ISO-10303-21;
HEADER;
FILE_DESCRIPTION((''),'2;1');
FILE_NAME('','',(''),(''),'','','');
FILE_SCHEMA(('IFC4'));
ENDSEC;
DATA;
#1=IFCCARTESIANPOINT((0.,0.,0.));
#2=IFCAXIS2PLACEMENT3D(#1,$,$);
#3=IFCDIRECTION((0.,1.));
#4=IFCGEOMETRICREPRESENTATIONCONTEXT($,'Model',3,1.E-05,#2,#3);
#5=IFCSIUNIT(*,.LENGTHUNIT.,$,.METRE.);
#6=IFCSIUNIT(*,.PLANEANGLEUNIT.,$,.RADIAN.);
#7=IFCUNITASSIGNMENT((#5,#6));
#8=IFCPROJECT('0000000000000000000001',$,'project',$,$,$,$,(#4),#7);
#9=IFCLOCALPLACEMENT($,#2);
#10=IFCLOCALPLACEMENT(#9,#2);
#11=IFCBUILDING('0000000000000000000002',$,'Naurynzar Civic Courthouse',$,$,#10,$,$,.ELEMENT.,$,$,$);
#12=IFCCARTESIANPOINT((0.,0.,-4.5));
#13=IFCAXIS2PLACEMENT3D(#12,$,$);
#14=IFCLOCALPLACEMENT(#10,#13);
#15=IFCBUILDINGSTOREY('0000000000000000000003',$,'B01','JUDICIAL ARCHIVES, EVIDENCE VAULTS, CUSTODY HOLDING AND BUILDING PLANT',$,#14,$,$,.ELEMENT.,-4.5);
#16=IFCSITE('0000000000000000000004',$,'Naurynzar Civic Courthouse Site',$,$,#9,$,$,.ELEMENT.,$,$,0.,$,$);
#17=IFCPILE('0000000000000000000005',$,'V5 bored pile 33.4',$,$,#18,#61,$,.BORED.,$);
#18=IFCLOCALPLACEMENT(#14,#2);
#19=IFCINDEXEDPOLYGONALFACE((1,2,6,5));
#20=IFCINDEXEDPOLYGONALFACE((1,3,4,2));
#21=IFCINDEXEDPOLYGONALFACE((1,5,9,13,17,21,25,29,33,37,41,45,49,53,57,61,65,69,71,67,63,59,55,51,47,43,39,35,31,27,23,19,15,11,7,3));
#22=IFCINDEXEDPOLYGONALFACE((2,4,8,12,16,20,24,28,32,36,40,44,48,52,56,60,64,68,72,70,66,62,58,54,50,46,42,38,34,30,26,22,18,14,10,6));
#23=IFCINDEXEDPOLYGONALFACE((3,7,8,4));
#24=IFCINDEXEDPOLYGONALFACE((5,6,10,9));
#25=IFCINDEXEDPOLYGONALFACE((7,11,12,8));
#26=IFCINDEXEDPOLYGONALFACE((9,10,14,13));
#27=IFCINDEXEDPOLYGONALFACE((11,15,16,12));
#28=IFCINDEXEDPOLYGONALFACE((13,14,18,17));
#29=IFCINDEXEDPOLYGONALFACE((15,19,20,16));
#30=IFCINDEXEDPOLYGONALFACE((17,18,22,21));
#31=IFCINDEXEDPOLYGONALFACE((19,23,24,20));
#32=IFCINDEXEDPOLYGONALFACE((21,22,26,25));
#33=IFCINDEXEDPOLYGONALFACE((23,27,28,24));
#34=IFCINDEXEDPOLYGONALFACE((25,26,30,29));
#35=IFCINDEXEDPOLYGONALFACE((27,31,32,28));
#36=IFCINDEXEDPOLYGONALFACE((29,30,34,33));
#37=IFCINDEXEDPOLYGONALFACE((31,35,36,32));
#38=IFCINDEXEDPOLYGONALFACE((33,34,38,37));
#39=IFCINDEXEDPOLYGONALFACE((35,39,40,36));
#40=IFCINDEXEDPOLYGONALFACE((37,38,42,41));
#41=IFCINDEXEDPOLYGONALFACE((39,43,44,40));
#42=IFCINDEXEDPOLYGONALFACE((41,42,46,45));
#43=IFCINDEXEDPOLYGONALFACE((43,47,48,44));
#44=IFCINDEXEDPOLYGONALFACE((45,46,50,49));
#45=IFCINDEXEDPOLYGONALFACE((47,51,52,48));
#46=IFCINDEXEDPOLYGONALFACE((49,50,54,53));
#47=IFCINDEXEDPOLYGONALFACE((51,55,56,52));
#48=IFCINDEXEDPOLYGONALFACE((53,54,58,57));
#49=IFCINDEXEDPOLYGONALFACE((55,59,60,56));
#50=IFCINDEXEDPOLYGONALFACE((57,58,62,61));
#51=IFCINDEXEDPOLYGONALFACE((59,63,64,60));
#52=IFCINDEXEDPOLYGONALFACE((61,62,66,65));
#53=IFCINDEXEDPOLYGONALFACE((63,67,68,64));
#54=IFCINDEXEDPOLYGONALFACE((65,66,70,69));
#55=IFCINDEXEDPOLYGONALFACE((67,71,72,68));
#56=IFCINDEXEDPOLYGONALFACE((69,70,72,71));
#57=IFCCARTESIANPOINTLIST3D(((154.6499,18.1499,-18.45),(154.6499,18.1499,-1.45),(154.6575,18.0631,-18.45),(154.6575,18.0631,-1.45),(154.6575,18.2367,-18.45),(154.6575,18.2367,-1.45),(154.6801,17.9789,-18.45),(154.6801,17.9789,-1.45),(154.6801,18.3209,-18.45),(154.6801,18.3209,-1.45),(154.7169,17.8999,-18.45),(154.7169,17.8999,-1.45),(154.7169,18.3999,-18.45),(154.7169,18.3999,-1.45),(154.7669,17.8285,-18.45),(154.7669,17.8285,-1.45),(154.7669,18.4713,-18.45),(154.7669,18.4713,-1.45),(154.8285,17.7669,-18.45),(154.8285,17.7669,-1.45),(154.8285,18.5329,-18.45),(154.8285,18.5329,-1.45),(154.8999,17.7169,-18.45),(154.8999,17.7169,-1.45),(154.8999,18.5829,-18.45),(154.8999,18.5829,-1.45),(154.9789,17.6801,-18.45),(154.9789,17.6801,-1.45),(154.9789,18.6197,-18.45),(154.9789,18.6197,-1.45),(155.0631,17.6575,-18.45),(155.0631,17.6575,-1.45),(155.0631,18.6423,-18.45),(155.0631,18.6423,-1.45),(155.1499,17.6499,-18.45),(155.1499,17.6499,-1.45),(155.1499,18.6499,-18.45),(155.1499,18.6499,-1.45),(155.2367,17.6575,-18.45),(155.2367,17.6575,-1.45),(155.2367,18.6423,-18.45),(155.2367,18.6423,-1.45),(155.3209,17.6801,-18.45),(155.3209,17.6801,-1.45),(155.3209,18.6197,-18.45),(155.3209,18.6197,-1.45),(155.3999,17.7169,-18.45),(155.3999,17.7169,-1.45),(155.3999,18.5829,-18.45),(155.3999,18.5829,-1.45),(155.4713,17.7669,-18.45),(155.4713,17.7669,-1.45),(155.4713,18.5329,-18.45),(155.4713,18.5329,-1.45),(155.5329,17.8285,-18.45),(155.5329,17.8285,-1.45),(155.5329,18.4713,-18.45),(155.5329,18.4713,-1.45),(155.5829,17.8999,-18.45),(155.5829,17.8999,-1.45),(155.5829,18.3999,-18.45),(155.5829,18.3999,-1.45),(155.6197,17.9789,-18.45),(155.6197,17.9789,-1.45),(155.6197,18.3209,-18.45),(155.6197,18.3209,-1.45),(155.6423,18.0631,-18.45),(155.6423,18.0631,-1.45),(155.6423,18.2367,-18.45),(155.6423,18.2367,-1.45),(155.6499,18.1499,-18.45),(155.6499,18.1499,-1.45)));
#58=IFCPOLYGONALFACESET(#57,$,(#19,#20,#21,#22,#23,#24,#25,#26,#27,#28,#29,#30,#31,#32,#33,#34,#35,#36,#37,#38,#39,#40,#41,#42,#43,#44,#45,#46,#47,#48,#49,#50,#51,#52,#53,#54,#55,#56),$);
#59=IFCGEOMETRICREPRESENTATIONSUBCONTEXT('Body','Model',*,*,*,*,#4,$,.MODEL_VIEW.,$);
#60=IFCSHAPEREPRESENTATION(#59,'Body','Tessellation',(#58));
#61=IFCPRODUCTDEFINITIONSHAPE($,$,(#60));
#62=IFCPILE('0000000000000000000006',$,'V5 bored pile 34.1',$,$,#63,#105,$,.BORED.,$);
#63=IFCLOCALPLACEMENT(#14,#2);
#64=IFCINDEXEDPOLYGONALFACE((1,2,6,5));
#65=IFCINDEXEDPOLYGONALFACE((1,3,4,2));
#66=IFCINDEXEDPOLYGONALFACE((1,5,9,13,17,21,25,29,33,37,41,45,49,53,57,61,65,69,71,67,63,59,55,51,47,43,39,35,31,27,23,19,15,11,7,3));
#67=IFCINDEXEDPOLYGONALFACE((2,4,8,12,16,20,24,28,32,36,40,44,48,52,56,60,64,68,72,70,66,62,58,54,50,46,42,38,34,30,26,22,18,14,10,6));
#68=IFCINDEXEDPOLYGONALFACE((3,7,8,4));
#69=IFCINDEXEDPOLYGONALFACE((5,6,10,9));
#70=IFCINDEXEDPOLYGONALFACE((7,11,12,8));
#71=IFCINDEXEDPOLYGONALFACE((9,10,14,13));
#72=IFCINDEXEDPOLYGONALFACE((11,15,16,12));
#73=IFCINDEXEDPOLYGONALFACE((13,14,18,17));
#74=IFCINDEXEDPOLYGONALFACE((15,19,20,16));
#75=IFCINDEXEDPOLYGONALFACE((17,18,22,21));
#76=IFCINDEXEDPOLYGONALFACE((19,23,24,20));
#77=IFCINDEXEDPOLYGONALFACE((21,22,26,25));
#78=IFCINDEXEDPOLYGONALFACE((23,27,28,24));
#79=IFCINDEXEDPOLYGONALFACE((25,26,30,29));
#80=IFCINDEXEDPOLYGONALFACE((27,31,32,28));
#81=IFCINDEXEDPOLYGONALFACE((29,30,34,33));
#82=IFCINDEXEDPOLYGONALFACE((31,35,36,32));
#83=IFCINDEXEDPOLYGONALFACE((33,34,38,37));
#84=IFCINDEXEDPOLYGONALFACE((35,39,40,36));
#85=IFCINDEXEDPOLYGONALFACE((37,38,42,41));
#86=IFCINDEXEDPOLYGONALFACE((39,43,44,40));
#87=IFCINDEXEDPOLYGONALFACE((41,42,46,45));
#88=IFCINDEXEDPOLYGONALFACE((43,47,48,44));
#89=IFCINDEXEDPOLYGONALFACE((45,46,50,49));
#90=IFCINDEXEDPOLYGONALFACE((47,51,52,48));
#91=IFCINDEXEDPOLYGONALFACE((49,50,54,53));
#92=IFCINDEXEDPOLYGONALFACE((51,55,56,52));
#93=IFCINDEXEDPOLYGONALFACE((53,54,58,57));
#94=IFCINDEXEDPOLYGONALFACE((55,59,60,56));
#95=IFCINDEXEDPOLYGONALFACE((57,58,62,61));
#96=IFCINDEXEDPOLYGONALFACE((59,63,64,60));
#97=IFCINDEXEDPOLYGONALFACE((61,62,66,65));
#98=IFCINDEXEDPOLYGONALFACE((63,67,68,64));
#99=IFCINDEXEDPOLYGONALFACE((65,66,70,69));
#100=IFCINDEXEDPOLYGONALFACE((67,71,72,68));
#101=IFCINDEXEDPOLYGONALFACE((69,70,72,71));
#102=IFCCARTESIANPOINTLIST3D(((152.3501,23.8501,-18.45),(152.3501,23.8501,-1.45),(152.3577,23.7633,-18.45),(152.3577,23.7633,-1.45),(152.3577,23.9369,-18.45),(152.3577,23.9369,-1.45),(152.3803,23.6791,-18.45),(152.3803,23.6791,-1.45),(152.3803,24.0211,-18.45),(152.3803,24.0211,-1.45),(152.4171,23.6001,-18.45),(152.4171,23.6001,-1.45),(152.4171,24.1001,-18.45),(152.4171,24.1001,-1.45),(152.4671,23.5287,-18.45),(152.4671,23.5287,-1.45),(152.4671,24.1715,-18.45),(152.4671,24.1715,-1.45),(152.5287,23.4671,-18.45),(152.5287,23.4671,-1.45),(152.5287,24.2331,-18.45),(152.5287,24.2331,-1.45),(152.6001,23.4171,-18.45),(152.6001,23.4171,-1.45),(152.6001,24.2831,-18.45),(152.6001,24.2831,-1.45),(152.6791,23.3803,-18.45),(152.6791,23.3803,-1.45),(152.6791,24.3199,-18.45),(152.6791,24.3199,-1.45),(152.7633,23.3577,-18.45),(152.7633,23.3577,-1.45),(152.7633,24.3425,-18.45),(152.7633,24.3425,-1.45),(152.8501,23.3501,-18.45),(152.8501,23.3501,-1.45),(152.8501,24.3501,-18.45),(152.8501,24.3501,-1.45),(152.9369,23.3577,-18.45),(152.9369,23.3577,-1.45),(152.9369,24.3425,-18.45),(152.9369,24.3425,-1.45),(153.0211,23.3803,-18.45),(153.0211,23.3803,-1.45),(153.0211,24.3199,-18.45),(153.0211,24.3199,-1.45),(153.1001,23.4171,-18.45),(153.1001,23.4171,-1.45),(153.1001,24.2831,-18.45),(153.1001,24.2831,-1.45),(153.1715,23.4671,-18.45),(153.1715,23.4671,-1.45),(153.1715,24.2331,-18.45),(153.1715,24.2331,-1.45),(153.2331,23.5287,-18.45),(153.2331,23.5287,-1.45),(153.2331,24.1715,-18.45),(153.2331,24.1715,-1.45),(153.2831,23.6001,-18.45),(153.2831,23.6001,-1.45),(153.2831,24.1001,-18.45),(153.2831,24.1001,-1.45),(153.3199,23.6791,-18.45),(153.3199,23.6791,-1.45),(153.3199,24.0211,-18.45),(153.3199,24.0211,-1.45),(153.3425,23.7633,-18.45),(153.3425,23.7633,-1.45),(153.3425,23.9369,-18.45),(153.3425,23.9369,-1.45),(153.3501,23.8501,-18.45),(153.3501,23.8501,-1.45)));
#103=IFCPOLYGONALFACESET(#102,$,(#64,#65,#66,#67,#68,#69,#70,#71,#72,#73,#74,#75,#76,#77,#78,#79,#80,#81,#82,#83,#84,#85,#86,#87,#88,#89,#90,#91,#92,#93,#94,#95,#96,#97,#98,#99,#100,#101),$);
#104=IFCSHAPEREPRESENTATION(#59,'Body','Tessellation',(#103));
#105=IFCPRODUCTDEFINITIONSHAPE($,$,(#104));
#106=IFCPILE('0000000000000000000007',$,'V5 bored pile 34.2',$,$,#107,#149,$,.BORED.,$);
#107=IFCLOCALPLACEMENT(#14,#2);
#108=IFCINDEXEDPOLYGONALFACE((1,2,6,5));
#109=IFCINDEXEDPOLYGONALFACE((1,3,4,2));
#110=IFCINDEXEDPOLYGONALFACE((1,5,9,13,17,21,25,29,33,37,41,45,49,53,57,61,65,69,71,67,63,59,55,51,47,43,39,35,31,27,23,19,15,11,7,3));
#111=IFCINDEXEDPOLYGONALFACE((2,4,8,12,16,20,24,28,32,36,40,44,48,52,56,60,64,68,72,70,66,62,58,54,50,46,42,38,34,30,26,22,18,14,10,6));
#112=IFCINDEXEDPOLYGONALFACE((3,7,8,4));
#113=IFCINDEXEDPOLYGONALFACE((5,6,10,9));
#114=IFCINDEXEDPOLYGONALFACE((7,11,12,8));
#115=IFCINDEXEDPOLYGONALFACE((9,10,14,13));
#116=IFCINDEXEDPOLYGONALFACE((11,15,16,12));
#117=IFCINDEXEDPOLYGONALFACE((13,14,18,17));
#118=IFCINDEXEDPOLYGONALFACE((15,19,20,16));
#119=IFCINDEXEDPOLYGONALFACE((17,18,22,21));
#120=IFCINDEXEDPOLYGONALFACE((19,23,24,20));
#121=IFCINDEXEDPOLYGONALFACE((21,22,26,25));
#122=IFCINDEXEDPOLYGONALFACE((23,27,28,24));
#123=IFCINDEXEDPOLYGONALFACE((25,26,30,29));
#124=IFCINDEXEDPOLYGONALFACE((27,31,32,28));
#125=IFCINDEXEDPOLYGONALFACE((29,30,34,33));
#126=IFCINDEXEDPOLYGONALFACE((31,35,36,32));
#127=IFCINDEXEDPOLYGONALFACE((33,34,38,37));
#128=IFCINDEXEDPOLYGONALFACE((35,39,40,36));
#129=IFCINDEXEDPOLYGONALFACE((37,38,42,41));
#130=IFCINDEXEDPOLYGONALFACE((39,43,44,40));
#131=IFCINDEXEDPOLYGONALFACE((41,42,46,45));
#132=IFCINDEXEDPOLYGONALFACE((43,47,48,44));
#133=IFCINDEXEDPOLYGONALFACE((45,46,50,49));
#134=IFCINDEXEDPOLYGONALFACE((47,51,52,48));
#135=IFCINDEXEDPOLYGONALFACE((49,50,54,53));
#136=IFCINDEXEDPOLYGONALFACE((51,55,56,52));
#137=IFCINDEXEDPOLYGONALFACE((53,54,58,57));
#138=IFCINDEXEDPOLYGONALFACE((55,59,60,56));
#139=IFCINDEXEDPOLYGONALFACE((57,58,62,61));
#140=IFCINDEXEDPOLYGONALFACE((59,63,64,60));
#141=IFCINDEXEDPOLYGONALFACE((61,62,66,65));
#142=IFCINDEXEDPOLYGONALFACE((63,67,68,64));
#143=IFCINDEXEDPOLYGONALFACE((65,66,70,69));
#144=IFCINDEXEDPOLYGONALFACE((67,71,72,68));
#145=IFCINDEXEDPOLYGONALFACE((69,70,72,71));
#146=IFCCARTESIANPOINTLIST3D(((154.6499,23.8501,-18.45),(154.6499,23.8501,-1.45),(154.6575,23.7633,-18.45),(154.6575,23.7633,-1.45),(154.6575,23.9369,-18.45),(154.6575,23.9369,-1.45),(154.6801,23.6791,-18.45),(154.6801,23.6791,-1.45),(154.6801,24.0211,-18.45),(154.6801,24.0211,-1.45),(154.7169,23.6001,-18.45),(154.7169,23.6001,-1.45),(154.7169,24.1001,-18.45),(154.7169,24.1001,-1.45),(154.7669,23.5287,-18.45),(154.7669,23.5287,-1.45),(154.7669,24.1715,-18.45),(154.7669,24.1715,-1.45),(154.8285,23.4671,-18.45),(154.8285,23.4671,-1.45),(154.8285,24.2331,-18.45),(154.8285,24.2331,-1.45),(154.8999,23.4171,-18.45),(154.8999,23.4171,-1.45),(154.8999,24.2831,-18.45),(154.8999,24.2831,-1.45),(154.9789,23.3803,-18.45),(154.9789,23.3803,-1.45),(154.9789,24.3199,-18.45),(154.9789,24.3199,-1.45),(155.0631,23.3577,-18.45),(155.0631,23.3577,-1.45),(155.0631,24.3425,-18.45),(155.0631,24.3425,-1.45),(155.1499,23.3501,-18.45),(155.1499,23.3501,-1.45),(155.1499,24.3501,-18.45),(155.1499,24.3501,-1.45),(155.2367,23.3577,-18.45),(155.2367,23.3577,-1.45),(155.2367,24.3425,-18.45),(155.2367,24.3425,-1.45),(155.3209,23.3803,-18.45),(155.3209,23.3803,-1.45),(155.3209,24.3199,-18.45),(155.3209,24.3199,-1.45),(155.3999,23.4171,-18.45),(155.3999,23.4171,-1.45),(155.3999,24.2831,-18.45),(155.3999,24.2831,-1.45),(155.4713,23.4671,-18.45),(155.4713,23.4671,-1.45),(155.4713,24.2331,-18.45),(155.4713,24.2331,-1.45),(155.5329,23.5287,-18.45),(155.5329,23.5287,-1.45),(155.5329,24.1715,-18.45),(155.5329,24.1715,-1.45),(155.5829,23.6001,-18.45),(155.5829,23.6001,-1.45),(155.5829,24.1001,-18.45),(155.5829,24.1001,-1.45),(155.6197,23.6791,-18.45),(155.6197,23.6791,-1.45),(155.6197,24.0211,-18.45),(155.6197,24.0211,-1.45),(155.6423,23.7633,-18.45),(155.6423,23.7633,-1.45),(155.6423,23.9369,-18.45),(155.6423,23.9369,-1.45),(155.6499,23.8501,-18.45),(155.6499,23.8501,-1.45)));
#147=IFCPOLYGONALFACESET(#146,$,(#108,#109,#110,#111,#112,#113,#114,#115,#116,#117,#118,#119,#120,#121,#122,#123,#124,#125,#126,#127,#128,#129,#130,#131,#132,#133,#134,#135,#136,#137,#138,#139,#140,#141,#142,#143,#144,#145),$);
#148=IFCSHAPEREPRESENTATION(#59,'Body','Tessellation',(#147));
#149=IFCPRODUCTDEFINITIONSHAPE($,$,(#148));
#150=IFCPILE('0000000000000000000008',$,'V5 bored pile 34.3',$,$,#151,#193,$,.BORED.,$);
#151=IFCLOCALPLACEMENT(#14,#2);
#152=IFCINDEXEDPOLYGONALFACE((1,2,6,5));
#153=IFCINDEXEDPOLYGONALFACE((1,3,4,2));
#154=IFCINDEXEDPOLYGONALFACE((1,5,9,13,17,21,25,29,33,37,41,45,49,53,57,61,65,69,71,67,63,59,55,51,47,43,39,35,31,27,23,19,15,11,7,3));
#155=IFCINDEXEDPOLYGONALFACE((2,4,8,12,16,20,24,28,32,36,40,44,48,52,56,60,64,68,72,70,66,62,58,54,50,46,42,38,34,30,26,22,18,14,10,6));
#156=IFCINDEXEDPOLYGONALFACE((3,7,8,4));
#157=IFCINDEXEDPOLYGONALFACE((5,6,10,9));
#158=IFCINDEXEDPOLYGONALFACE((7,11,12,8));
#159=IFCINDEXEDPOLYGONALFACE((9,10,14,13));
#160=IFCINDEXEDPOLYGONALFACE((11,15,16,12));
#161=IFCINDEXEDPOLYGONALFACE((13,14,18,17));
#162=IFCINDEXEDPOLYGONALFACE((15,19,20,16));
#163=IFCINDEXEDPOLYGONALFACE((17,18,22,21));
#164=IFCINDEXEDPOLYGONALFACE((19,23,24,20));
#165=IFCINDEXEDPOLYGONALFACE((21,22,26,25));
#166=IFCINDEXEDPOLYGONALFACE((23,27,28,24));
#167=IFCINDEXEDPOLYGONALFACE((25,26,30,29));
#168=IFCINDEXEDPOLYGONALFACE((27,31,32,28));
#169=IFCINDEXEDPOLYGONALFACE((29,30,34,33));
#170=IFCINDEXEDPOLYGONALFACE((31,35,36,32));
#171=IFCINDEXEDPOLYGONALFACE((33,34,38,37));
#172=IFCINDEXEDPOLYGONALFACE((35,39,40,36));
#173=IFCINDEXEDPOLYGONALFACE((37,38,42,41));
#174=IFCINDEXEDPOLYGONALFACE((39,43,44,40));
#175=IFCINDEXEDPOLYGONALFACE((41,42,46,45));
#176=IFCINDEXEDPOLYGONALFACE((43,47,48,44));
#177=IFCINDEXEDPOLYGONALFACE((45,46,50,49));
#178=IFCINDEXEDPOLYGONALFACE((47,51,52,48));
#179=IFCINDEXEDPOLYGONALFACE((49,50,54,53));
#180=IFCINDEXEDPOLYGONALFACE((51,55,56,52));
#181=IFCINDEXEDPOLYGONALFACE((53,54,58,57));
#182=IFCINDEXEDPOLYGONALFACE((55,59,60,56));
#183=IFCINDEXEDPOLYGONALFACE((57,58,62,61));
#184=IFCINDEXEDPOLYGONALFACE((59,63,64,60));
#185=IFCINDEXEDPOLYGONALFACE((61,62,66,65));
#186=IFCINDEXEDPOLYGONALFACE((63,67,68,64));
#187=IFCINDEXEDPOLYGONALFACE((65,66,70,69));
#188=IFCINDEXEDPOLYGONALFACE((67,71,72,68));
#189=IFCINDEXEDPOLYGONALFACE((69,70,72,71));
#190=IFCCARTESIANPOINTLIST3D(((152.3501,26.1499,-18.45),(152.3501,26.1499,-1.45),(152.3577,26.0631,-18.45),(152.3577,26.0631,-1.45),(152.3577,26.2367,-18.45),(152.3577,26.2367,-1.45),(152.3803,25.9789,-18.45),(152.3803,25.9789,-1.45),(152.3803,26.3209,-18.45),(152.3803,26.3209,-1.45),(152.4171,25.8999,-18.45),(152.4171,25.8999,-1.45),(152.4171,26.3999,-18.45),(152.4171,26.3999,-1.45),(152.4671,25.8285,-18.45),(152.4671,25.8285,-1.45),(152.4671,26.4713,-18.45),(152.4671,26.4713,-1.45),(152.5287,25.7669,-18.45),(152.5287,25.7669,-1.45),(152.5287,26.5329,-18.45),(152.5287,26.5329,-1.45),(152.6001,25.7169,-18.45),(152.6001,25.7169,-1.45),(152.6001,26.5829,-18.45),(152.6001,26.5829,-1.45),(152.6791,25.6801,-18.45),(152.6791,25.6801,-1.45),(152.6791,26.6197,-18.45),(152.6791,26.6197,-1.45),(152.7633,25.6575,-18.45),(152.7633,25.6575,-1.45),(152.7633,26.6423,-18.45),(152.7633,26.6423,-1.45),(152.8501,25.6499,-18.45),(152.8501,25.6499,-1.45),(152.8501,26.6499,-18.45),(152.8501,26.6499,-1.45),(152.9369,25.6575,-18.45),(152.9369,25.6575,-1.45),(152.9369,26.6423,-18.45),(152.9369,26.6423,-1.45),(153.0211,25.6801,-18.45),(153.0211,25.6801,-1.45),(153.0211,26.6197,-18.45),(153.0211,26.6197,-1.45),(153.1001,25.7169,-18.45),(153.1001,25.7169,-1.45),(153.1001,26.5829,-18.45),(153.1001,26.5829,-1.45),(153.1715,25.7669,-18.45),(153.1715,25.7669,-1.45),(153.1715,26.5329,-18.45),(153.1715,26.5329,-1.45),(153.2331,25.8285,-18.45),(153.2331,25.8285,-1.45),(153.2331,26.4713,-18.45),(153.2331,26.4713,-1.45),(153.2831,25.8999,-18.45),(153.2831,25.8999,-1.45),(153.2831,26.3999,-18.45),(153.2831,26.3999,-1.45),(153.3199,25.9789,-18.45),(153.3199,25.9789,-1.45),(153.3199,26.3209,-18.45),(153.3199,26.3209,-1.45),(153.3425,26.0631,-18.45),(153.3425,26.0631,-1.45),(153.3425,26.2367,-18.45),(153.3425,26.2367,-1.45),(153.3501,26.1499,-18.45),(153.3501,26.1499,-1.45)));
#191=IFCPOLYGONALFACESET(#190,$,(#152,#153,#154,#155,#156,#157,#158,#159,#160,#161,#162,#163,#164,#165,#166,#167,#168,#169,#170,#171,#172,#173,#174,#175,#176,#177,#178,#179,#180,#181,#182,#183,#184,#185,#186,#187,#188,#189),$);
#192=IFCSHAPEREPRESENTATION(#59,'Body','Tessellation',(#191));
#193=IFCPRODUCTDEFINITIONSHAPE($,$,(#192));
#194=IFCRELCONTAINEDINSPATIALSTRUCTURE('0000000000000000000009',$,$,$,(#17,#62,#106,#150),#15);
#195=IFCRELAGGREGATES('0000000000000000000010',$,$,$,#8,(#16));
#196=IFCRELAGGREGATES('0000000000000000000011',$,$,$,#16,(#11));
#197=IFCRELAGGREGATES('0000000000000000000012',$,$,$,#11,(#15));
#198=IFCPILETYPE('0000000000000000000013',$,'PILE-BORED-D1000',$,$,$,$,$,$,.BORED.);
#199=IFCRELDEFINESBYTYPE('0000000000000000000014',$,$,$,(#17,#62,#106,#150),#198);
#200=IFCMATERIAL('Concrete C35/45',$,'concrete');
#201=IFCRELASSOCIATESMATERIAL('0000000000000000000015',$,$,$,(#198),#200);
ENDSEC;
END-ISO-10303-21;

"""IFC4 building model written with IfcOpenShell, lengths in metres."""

from ifc_helpers import new_model, si_unit, direction, frame, origin, origin_2d, place, context, subcontext, project, spatial, circle, extrude, material, material_profile, profile_set, type_object, element, save


model = new_model("IFC4")

# Units and contexts
model_context = context("Model", 3, precision=1e-05, world=origin(), true_north=direction((0.0, 1.0)))
body_context = subcontext(model_context, "Body", "Model", "MODEL_VIEW")
ifc_project = project(units=[si_unit("LENGTHUNIT", "METRE"), si_unit("PLANEANGLEUNIT", "RADIAN")], contexts=[model_context])

# Site, building, storey
site_placement = place(None, origin())
site = spatial("IfcSite", under=ifc_project, at=site_placement, Name="Naurynzar Civic Courthouse Site", CompositionType="ELEMENT", RefElevation=0.0)
building_placement = place(site_placement, origin())
building = spatial("IfcBuilding", under=site, at=building_placement, Name="Naurynzar Civic Courthouse", CompositionType="ELEMENT")
storey_placement = place(building_placement, frame((0.0, 0.0, -4.5)))
storey = spatial("IfcBuildingStorey", under=building, at=storey_placement, Name="B01", Description="JUDICIAL ARCHIVES, EVIDENCE VAULTS, CUSTODY HOLDING AND BUILDING PLANT", CompositionType="ELEMENT", Elevation=-4.5)

# Piles
ifc_material_1 = material(Name="Concrete C35/45", Category="concrete")
ifc_material_profile_1 = material_profile(ifc_material_1, circle(Radius=0.5, at=origin_2d()), Name="PILE D1000")
ifc_profile_set_1 = profile_set([ifc_material_profile_1], Name="Concrete C35/45")
pile_type = type_object("IfcPileType", Name="PILE-BORED-D1000", PredefinedType="BORED", material=ifc_profile_set_1)
for number, where, z_axis, x_axis, name in (
    (1, (155.1499, 18.1499, -1.45), (0.0, 0.0, -1.0), (1.0, 0.0, 0.0), "V5 bored pile 33.4"),
    (2, (152.8501, 23.8501, -1.45), (0.0, 0.0, -1.0), (1.0, 0.0, 0.0), "V5 bored pile 34.1"),
    (3, (155.1499, 23.8501, -1.45), (0.0, 0.0, -1.0), (1.0, 0.0, 0.0), "V5 bored pile 34.2"),
    (4, (152.8501, 26.1499, -1.45), (0.0, 0.0, -1.0), (1.0, 0.0, 0.0), "V5 bored pile 34.3"),
):
    element("IfcPile", number, at=place(storey_placement, frame(where, z_axis=z_axis, x_axis=x_axis)), inside=storey, type_object=pile_type, Name=name, PredefinedType="BORED", context=body_context, shape_type="SweptSolid", body=[
        extrude(circle(Radius=0.5, at=origin_2d()), origin(), (0.0, 0.0, 1.0), 17.0),
    ])

save(model, "model.ifc")
